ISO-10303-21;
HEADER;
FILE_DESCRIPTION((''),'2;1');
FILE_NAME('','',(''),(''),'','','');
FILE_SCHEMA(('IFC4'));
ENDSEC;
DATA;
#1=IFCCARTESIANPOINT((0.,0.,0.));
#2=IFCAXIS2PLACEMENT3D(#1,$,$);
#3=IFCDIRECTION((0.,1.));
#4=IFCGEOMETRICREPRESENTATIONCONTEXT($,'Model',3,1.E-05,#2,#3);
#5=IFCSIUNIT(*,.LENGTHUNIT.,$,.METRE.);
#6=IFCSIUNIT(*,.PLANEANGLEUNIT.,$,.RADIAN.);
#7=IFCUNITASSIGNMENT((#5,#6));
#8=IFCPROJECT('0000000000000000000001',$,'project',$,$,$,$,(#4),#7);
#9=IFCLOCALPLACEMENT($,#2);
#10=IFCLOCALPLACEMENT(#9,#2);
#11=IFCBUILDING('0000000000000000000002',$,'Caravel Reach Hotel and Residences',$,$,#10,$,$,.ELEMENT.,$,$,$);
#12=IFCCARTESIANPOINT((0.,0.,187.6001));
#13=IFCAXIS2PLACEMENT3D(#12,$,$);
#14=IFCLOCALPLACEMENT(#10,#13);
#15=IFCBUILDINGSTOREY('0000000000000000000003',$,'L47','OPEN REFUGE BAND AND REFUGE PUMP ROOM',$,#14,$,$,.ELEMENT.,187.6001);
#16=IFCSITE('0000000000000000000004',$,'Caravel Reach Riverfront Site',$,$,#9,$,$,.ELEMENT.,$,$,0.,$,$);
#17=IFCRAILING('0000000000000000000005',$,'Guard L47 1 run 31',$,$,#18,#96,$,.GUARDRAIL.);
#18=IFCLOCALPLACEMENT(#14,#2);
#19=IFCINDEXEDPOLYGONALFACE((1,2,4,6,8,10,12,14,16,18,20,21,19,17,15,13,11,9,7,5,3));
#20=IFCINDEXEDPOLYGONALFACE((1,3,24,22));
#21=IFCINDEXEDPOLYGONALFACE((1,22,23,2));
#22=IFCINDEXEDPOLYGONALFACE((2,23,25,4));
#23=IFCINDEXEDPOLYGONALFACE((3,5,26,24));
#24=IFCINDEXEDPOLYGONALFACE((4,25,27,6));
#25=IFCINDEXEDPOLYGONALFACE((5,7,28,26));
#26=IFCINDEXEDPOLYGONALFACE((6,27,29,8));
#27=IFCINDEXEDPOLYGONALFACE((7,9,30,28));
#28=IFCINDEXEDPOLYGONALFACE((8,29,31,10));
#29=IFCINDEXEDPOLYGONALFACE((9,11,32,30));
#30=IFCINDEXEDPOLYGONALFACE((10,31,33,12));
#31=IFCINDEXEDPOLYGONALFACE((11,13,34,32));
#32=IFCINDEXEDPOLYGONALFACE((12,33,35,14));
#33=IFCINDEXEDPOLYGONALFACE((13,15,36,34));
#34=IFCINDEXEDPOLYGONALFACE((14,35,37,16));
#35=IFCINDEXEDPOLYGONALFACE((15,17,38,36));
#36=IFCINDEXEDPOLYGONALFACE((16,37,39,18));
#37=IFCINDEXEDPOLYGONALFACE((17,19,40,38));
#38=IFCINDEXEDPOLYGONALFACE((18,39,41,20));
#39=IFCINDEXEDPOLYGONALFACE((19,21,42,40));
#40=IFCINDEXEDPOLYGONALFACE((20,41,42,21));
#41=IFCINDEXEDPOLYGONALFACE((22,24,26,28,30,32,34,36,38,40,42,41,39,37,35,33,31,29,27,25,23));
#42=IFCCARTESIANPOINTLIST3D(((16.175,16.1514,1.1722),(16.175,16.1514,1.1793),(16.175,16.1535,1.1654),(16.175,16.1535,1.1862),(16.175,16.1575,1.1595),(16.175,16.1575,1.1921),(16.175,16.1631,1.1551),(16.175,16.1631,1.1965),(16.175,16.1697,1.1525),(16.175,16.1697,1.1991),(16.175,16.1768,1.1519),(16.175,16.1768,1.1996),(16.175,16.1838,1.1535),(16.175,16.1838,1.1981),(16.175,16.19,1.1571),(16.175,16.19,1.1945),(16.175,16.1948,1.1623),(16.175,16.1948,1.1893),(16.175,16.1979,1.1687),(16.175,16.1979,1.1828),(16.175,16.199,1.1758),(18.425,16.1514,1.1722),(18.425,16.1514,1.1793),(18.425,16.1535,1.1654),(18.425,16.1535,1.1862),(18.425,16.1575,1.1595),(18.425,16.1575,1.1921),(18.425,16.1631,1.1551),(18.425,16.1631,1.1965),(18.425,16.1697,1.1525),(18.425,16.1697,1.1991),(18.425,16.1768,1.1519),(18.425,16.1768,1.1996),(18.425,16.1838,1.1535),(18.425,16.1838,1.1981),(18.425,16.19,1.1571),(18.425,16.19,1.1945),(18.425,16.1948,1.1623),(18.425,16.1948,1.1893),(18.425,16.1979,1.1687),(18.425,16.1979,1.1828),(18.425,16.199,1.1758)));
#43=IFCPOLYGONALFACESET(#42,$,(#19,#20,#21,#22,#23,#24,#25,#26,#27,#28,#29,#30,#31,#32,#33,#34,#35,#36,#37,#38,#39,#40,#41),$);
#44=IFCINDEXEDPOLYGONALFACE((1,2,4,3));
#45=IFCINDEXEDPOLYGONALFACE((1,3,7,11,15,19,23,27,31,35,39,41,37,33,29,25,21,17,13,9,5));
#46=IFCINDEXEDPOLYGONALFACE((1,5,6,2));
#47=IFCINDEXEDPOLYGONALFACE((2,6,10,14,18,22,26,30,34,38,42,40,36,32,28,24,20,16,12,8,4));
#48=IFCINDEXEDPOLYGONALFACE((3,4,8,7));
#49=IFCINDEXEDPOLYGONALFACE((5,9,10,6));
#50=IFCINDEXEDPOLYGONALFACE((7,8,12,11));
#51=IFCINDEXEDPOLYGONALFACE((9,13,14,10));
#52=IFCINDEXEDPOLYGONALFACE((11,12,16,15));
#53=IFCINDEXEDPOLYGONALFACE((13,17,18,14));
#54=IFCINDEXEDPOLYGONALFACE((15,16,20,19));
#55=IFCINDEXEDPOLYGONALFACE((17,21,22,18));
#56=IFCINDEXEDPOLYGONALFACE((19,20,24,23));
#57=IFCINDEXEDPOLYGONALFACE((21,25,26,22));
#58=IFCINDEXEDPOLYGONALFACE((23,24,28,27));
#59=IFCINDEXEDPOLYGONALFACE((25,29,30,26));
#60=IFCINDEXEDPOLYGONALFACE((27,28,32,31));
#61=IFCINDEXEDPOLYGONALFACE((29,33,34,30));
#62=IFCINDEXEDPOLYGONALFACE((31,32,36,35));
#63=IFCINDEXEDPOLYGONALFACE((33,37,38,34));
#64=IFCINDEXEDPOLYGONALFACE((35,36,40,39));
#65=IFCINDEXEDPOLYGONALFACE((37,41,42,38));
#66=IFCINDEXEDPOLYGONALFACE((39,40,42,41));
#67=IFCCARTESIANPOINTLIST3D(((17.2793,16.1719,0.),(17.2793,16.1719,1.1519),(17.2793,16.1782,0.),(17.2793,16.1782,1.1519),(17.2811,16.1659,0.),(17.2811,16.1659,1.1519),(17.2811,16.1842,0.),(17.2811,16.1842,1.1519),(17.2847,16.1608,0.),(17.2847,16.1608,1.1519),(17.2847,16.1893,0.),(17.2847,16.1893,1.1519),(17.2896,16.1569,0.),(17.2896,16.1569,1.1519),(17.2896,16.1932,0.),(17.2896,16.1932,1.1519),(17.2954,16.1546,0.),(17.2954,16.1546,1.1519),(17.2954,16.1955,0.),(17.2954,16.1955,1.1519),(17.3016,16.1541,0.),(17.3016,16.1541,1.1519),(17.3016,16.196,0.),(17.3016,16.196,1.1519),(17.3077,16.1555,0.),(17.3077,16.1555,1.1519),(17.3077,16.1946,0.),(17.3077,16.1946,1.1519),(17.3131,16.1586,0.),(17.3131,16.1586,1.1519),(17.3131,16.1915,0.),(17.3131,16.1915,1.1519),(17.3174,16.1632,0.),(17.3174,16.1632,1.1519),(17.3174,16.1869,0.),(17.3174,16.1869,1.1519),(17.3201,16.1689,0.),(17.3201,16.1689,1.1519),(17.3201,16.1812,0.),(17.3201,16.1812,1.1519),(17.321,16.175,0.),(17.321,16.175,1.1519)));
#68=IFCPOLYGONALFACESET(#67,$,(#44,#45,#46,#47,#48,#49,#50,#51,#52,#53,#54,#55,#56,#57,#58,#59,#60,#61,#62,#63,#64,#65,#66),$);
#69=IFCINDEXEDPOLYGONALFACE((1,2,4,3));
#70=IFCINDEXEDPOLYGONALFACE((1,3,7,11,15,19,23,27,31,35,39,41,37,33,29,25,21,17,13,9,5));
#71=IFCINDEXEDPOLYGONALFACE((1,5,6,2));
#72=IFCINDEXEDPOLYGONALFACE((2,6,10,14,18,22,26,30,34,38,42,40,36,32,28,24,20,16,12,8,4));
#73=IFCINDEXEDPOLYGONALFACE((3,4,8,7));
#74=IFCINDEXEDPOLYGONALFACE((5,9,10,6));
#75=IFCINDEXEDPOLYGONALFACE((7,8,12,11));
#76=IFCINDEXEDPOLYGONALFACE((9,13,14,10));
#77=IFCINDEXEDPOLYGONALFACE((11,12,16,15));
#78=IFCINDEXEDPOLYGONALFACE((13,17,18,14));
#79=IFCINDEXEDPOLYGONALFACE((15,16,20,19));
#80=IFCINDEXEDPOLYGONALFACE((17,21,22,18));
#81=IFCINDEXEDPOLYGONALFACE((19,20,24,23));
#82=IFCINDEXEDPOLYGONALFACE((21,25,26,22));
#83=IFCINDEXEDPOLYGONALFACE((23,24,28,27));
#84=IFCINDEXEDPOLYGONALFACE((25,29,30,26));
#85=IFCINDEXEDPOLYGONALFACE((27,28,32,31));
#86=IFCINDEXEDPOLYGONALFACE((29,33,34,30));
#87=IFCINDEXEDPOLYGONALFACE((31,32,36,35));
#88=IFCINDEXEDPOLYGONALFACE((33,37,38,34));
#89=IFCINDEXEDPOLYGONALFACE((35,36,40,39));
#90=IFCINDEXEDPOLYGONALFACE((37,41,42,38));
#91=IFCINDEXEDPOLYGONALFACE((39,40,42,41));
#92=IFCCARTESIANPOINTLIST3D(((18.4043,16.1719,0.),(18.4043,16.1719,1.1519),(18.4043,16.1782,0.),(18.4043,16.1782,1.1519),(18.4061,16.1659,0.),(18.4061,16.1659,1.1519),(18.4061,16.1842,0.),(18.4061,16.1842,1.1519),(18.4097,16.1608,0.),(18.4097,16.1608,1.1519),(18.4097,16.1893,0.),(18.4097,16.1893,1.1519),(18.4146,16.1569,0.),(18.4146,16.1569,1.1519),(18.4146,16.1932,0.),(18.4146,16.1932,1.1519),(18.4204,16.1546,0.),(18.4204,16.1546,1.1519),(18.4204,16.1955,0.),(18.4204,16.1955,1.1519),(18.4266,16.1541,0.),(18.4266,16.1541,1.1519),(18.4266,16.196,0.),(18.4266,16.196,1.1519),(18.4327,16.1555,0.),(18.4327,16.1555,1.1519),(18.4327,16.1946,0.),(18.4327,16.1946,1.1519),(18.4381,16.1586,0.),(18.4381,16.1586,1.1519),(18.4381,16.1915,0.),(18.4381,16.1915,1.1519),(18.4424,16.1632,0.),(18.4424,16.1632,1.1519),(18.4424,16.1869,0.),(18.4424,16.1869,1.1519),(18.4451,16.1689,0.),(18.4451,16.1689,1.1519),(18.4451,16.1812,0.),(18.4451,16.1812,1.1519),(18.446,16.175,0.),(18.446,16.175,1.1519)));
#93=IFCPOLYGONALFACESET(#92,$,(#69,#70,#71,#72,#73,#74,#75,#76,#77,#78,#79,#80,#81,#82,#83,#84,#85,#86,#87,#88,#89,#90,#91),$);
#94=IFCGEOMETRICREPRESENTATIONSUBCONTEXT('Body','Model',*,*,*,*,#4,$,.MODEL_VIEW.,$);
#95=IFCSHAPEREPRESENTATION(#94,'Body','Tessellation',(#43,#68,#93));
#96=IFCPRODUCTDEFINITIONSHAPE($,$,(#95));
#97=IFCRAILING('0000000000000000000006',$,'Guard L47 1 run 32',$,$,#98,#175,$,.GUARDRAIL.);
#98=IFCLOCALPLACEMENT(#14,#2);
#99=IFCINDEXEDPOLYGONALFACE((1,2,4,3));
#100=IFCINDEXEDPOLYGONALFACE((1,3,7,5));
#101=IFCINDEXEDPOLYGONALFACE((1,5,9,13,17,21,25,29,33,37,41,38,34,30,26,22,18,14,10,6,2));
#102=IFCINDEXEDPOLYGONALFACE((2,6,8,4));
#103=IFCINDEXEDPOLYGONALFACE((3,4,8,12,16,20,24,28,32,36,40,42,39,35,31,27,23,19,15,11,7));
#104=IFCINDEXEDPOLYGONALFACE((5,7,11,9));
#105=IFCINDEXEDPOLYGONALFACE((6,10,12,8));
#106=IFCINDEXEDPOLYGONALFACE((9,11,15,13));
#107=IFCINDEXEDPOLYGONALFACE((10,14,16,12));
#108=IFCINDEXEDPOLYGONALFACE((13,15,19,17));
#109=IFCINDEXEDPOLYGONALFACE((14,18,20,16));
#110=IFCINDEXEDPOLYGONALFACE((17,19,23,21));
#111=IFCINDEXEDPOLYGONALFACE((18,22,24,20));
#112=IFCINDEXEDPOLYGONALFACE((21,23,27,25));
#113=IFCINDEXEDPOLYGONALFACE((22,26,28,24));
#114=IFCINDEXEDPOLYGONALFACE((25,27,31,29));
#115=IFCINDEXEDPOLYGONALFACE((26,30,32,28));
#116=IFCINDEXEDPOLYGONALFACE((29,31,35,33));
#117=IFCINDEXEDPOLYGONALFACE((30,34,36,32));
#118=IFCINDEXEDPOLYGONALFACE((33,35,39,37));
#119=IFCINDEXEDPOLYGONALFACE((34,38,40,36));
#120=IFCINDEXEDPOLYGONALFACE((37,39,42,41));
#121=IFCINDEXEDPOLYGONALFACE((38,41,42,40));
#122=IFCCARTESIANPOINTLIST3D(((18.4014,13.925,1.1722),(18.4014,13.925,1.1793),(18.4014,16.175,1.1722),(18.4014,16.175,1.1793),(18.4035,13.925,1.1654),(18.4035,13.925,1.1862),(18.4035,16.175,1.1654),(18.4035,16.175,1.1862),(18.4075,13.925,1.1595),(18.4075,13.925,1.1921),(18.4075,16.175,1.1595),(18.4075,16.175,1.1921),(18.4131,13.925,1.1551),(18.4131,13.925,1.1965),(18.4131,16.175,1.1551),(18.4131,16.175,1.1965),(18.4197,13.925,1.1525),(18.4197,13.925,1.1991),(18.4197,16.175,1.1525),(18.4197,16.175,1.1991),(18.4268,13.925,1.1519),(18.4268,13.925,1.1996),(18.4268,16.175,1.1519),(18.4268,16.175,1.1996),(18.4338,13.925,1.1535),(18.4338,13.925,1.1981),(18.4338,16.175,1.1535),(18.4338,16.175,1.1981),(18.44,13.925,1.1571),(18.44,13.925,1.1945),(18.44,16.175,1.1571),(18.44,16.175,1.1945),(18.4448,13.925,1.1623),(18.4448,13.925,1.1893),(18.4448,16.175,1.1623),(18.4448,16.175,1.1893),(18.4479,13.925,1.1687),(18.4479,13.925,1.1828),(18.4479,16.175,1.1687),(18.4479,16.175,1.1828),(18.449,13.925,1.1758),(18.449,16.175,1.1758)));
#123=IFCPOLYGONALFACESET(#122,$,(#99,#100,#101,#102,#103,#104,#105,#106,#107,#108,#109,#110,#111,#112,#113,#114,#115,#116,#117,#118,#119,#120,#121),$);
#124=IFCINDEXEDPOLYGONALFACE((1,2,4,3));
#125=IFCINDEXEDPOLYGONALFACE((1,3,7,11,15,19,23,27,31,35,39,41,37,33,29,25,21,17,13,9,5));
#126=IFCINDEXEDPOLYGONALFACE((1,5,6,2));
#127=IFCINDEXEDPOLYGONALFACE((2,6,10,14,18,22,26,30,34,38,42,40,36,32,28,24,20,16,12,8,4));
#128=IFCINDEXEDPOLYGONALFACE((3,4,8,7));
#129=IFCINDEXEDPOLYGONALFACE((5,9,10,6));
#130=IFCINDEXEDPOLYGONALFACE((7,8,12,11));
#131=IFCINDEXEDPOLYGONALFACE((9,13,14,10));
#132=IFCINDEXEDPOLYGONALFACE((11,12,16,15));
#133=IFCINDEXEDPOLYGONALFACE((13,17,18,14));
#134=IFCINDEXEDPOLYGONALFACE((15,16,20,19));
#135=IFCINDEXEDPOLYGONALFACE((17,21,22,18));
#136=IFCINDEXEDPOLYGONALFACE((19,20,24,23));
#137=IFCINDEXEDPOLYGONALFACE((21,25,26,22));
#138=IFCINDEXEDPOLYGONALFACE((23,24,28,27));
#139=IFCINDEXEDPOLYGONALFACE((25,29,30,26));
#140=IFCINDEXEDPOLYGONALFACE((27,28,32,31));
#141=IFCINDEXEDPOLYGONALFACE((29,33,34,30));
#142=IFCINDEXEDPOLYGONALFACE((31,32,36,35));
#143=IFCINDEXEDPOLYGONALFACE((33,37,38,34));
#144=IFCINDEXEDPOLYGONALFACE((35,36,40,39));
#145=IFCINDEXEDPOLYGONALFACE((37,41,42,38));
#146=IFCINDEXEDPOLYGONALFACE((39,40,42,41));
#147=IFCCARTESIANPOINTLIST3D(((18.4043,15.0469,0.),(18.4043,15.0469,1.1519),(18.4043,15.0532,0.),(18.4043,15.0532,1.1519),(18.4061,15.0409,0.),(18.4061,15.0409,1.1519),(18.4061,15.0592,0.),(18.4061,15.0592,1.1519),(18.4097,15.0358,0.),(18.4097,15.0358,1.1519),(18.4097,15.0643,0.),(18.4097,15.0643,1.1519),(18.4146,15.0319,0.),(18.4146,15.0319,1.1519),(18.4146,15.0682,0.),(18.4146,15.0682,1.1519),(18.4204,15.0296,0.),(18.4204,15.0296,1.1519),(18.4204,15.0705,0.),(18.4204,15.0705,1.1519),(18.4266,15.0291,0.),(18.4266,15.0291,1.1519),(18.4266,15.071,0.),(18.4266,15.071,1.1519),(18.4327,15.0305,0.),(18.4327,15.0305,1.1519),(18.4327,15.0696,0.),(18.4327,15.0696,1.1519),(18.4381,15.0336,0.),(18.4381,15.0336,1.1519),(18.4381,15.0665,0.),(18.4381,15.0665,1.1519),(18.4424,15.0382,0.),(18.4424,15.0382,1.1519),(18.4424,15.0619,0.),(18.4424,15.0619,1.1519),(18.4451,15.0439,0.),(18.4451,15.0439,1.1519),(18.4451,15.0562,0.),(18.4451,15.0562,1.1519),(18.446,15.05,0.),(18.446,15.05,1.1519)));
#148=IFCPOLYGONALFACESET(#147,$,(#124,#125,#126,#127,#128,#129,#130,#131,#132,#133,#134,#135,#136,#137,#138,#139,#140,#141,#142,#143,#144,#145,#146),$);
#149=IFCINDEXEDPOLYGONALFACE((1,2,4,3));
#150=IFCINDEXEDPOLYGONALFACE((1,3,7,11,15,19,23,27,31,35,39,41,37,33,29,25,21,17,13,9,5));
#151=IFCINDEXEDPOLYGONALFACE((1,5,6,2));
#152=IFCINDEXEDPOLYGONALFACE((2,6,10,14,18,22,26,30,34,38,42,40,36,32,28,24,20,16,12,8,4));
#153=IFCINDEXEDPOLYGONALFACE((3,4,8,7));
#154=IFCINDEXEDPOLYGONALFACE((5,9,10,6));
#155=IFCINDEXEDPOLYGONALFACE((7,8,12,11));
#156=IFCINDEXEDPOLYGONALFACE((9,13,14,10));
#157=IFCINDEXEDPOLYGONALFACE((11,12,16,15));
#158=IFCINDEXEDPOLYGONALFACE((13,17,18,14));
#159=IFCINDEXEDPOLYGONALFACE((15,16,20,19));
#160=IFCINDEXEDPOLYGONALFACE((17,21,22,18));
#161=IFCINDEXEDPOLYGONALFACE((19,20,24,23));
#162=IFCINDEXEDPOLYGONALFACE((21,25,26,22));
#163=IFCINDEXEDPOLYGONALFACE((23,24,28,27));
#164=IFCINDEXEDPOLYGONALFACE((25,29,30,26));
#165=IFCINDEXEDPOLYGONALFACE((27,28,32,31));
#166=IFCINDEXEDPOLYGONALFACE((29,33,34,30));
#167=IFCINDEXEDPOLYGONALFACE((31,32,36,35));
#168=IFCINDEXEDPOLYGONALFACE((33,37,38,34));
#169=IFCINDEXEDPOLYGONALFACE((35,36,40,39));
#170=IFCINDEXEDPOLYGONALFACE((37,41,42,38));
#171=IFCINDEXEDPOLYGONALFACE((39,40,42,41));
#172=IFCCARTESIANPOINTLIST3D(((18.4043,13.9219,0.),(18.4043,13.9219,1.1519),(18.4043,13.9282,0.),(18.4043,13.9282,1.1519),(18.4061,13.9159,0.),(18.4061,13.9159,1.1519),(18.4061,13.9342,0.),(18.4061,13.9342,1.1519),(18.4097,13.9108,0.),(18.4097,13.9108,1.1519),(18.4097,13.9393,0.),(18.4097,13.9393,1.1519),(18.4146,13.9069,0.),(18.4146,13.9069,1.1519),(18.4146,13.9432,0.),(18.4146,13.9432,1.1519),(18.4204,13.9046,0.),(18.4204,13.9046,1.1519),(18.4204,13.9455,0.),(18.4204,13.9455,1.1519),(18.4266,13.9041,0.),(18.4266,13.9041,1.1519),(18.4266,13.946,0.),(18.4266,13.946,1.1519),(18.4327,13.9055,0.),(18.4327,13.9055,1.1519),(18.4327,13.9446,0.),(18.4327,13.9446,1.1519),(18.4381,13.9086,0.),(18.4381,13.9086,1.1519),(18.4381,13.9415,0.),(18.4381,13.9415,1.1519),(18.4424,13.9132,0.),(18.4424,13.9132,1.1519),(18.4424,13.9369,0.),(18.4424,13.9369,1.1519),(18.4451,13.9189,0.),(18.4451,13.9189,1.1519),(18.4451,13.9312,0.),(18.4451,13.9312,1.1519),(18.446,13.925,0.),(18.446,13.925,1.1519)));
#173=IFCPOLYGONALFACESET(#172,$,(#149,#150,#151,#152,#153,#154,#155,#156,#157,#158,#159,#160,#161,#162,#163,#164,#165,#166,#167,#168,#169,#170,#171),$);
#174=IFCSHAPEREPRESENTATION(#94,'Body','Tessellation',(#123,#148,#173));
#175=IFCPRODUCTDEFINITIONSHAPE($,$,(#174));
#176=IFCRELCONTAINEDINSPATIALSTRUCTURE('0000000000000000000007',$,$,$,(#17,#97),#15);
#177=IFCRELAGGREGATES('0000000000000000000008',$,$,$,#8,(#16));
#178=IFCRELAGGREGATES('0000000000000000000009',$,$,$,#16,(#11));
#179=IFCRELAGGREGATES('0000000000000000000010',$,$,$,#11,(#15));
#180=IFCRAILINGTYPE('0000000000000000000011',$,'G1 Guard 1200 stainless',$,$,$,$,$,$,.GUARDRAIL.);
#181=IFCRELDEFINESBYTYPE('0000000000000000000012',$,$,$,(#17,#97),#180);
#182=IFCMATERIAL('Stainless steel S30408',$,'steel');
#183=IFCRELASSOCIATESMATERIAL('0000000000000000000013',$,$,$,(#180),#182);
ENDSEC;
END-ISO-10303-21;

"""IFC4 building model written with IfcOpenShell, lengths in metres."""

from ifc_helpers import new_model, si_unit, direction, frame, origin, origin_2d, place, context, subcontext, project, spatial, circle, extrude, material, type_object, element, save


model = new_model("IFC4")

# Units and contexts
model_context = context("Model", 3, precision=1e-05, world=origin(), true_north=direction((0.0, 1.0)))
body_context = subcontext(model_context, "Body", "Model", "MODEL_VIEW")
ifc_project = project(units=[si_unit("LENGTHUNIT", "METRE"), si_unit("PLANEANGLEUNIT", "RADIAN")], contexts=[model_context])

# Site, building, storey
site_placement = place(None, origin())
site = spatial("IfcSite", under=ifc_project, at=site_placement, Name="Caravel Reach Riverfront Site", CompositionType="ELEMENT", RefElevation=0.0)
building_placement = place(site_placement, origin())
building = spatial("IfcBuilding", under=site, at=building_placement, Name="Caravel Reach Hotel and Residences", CompositionType="ELEMENT")
storey_placement = place(building_placement, frame((0.0, 0.0, 187.6001)))
storey = spatial("IfcBuildingStorey", under=building, at=storey_placement, Name="L47", Description="OPEN REFUGE BAND AND REFUGE PUMP ROOM", CompositionType="ELEMENT", Elevation=187.6001)

# Railings
ifc_material_1 = material(Name="Stainless steel S30408", Category="steel")
railing_type = type_object("IfcRailingType", Name="G1 Guard 1200 stainless", PredefinedType="GUARDRAIL", material=ifc_material_1)
railing_1_placement = place(storey_placement, frame((16.175, 16.175, 0.0)))
element("IfcRailing", 1, at=railing_1_placement, inside=storey, type_object=railing_type, Name="Guard L47 1 run 31", PredefinedType="GUARDRAIL", context=body_context, shape_type="SweptSolid", body=[
    extrude(circle(Radius=0.0239, at=origin_2d()), frame((0.0, 0.0, 1.1758), z_axis=(1.0, 0.0, 0.0), x_axis=(0.0, 1.0, 0.0)), (0.0, 0.0, 1.0), 2.25),
    extrude(circle(Radius=0.021, at=origin_2d()), frame((1.125, 0.0, 0.0)), (0.0, 0.0, 1.0), 1.1519),
    extrude(circle(Radius=0.021, at=origin_2d()), frame((2.25, 0.0, 0.0)), (0.0, 0.0, 1.0), 1.1519),
])
railing_2_placement = place(storey_placement, frame((18.425, 16.175, 0.0)))
element("IfcRailing", 2, at=railing_2_placement, inside=storey, type_object=railing_type, Name="Guard L47 1 run 32", PredefinedType="GUARDRAIL", context=body_context, shape_type="SweptSolid", body=[
    extrude(circle(Radius=0.0239, at=origin_2d()), frame((0.0, 0.0, 1.1758), z_axis=(0.0, -1.0, 0.0), x_axis=(1.0, 0.0, 0.0)), (0.0, 0.0, 1.0), 2.25),
    extrude(circle(Radius=0.021, at=origin_2d()), frame((0.0, -1.125, 0.0)), (0.0, 0.0, 1.0), 1.1519),
    extrude(circle(Radius=0.021, at=origin_2d()), frame((0.0, -2.25, 0.0)), (0.0, 0.0, 1.0), 1.1519),
])

save(model, "model.ifc")
